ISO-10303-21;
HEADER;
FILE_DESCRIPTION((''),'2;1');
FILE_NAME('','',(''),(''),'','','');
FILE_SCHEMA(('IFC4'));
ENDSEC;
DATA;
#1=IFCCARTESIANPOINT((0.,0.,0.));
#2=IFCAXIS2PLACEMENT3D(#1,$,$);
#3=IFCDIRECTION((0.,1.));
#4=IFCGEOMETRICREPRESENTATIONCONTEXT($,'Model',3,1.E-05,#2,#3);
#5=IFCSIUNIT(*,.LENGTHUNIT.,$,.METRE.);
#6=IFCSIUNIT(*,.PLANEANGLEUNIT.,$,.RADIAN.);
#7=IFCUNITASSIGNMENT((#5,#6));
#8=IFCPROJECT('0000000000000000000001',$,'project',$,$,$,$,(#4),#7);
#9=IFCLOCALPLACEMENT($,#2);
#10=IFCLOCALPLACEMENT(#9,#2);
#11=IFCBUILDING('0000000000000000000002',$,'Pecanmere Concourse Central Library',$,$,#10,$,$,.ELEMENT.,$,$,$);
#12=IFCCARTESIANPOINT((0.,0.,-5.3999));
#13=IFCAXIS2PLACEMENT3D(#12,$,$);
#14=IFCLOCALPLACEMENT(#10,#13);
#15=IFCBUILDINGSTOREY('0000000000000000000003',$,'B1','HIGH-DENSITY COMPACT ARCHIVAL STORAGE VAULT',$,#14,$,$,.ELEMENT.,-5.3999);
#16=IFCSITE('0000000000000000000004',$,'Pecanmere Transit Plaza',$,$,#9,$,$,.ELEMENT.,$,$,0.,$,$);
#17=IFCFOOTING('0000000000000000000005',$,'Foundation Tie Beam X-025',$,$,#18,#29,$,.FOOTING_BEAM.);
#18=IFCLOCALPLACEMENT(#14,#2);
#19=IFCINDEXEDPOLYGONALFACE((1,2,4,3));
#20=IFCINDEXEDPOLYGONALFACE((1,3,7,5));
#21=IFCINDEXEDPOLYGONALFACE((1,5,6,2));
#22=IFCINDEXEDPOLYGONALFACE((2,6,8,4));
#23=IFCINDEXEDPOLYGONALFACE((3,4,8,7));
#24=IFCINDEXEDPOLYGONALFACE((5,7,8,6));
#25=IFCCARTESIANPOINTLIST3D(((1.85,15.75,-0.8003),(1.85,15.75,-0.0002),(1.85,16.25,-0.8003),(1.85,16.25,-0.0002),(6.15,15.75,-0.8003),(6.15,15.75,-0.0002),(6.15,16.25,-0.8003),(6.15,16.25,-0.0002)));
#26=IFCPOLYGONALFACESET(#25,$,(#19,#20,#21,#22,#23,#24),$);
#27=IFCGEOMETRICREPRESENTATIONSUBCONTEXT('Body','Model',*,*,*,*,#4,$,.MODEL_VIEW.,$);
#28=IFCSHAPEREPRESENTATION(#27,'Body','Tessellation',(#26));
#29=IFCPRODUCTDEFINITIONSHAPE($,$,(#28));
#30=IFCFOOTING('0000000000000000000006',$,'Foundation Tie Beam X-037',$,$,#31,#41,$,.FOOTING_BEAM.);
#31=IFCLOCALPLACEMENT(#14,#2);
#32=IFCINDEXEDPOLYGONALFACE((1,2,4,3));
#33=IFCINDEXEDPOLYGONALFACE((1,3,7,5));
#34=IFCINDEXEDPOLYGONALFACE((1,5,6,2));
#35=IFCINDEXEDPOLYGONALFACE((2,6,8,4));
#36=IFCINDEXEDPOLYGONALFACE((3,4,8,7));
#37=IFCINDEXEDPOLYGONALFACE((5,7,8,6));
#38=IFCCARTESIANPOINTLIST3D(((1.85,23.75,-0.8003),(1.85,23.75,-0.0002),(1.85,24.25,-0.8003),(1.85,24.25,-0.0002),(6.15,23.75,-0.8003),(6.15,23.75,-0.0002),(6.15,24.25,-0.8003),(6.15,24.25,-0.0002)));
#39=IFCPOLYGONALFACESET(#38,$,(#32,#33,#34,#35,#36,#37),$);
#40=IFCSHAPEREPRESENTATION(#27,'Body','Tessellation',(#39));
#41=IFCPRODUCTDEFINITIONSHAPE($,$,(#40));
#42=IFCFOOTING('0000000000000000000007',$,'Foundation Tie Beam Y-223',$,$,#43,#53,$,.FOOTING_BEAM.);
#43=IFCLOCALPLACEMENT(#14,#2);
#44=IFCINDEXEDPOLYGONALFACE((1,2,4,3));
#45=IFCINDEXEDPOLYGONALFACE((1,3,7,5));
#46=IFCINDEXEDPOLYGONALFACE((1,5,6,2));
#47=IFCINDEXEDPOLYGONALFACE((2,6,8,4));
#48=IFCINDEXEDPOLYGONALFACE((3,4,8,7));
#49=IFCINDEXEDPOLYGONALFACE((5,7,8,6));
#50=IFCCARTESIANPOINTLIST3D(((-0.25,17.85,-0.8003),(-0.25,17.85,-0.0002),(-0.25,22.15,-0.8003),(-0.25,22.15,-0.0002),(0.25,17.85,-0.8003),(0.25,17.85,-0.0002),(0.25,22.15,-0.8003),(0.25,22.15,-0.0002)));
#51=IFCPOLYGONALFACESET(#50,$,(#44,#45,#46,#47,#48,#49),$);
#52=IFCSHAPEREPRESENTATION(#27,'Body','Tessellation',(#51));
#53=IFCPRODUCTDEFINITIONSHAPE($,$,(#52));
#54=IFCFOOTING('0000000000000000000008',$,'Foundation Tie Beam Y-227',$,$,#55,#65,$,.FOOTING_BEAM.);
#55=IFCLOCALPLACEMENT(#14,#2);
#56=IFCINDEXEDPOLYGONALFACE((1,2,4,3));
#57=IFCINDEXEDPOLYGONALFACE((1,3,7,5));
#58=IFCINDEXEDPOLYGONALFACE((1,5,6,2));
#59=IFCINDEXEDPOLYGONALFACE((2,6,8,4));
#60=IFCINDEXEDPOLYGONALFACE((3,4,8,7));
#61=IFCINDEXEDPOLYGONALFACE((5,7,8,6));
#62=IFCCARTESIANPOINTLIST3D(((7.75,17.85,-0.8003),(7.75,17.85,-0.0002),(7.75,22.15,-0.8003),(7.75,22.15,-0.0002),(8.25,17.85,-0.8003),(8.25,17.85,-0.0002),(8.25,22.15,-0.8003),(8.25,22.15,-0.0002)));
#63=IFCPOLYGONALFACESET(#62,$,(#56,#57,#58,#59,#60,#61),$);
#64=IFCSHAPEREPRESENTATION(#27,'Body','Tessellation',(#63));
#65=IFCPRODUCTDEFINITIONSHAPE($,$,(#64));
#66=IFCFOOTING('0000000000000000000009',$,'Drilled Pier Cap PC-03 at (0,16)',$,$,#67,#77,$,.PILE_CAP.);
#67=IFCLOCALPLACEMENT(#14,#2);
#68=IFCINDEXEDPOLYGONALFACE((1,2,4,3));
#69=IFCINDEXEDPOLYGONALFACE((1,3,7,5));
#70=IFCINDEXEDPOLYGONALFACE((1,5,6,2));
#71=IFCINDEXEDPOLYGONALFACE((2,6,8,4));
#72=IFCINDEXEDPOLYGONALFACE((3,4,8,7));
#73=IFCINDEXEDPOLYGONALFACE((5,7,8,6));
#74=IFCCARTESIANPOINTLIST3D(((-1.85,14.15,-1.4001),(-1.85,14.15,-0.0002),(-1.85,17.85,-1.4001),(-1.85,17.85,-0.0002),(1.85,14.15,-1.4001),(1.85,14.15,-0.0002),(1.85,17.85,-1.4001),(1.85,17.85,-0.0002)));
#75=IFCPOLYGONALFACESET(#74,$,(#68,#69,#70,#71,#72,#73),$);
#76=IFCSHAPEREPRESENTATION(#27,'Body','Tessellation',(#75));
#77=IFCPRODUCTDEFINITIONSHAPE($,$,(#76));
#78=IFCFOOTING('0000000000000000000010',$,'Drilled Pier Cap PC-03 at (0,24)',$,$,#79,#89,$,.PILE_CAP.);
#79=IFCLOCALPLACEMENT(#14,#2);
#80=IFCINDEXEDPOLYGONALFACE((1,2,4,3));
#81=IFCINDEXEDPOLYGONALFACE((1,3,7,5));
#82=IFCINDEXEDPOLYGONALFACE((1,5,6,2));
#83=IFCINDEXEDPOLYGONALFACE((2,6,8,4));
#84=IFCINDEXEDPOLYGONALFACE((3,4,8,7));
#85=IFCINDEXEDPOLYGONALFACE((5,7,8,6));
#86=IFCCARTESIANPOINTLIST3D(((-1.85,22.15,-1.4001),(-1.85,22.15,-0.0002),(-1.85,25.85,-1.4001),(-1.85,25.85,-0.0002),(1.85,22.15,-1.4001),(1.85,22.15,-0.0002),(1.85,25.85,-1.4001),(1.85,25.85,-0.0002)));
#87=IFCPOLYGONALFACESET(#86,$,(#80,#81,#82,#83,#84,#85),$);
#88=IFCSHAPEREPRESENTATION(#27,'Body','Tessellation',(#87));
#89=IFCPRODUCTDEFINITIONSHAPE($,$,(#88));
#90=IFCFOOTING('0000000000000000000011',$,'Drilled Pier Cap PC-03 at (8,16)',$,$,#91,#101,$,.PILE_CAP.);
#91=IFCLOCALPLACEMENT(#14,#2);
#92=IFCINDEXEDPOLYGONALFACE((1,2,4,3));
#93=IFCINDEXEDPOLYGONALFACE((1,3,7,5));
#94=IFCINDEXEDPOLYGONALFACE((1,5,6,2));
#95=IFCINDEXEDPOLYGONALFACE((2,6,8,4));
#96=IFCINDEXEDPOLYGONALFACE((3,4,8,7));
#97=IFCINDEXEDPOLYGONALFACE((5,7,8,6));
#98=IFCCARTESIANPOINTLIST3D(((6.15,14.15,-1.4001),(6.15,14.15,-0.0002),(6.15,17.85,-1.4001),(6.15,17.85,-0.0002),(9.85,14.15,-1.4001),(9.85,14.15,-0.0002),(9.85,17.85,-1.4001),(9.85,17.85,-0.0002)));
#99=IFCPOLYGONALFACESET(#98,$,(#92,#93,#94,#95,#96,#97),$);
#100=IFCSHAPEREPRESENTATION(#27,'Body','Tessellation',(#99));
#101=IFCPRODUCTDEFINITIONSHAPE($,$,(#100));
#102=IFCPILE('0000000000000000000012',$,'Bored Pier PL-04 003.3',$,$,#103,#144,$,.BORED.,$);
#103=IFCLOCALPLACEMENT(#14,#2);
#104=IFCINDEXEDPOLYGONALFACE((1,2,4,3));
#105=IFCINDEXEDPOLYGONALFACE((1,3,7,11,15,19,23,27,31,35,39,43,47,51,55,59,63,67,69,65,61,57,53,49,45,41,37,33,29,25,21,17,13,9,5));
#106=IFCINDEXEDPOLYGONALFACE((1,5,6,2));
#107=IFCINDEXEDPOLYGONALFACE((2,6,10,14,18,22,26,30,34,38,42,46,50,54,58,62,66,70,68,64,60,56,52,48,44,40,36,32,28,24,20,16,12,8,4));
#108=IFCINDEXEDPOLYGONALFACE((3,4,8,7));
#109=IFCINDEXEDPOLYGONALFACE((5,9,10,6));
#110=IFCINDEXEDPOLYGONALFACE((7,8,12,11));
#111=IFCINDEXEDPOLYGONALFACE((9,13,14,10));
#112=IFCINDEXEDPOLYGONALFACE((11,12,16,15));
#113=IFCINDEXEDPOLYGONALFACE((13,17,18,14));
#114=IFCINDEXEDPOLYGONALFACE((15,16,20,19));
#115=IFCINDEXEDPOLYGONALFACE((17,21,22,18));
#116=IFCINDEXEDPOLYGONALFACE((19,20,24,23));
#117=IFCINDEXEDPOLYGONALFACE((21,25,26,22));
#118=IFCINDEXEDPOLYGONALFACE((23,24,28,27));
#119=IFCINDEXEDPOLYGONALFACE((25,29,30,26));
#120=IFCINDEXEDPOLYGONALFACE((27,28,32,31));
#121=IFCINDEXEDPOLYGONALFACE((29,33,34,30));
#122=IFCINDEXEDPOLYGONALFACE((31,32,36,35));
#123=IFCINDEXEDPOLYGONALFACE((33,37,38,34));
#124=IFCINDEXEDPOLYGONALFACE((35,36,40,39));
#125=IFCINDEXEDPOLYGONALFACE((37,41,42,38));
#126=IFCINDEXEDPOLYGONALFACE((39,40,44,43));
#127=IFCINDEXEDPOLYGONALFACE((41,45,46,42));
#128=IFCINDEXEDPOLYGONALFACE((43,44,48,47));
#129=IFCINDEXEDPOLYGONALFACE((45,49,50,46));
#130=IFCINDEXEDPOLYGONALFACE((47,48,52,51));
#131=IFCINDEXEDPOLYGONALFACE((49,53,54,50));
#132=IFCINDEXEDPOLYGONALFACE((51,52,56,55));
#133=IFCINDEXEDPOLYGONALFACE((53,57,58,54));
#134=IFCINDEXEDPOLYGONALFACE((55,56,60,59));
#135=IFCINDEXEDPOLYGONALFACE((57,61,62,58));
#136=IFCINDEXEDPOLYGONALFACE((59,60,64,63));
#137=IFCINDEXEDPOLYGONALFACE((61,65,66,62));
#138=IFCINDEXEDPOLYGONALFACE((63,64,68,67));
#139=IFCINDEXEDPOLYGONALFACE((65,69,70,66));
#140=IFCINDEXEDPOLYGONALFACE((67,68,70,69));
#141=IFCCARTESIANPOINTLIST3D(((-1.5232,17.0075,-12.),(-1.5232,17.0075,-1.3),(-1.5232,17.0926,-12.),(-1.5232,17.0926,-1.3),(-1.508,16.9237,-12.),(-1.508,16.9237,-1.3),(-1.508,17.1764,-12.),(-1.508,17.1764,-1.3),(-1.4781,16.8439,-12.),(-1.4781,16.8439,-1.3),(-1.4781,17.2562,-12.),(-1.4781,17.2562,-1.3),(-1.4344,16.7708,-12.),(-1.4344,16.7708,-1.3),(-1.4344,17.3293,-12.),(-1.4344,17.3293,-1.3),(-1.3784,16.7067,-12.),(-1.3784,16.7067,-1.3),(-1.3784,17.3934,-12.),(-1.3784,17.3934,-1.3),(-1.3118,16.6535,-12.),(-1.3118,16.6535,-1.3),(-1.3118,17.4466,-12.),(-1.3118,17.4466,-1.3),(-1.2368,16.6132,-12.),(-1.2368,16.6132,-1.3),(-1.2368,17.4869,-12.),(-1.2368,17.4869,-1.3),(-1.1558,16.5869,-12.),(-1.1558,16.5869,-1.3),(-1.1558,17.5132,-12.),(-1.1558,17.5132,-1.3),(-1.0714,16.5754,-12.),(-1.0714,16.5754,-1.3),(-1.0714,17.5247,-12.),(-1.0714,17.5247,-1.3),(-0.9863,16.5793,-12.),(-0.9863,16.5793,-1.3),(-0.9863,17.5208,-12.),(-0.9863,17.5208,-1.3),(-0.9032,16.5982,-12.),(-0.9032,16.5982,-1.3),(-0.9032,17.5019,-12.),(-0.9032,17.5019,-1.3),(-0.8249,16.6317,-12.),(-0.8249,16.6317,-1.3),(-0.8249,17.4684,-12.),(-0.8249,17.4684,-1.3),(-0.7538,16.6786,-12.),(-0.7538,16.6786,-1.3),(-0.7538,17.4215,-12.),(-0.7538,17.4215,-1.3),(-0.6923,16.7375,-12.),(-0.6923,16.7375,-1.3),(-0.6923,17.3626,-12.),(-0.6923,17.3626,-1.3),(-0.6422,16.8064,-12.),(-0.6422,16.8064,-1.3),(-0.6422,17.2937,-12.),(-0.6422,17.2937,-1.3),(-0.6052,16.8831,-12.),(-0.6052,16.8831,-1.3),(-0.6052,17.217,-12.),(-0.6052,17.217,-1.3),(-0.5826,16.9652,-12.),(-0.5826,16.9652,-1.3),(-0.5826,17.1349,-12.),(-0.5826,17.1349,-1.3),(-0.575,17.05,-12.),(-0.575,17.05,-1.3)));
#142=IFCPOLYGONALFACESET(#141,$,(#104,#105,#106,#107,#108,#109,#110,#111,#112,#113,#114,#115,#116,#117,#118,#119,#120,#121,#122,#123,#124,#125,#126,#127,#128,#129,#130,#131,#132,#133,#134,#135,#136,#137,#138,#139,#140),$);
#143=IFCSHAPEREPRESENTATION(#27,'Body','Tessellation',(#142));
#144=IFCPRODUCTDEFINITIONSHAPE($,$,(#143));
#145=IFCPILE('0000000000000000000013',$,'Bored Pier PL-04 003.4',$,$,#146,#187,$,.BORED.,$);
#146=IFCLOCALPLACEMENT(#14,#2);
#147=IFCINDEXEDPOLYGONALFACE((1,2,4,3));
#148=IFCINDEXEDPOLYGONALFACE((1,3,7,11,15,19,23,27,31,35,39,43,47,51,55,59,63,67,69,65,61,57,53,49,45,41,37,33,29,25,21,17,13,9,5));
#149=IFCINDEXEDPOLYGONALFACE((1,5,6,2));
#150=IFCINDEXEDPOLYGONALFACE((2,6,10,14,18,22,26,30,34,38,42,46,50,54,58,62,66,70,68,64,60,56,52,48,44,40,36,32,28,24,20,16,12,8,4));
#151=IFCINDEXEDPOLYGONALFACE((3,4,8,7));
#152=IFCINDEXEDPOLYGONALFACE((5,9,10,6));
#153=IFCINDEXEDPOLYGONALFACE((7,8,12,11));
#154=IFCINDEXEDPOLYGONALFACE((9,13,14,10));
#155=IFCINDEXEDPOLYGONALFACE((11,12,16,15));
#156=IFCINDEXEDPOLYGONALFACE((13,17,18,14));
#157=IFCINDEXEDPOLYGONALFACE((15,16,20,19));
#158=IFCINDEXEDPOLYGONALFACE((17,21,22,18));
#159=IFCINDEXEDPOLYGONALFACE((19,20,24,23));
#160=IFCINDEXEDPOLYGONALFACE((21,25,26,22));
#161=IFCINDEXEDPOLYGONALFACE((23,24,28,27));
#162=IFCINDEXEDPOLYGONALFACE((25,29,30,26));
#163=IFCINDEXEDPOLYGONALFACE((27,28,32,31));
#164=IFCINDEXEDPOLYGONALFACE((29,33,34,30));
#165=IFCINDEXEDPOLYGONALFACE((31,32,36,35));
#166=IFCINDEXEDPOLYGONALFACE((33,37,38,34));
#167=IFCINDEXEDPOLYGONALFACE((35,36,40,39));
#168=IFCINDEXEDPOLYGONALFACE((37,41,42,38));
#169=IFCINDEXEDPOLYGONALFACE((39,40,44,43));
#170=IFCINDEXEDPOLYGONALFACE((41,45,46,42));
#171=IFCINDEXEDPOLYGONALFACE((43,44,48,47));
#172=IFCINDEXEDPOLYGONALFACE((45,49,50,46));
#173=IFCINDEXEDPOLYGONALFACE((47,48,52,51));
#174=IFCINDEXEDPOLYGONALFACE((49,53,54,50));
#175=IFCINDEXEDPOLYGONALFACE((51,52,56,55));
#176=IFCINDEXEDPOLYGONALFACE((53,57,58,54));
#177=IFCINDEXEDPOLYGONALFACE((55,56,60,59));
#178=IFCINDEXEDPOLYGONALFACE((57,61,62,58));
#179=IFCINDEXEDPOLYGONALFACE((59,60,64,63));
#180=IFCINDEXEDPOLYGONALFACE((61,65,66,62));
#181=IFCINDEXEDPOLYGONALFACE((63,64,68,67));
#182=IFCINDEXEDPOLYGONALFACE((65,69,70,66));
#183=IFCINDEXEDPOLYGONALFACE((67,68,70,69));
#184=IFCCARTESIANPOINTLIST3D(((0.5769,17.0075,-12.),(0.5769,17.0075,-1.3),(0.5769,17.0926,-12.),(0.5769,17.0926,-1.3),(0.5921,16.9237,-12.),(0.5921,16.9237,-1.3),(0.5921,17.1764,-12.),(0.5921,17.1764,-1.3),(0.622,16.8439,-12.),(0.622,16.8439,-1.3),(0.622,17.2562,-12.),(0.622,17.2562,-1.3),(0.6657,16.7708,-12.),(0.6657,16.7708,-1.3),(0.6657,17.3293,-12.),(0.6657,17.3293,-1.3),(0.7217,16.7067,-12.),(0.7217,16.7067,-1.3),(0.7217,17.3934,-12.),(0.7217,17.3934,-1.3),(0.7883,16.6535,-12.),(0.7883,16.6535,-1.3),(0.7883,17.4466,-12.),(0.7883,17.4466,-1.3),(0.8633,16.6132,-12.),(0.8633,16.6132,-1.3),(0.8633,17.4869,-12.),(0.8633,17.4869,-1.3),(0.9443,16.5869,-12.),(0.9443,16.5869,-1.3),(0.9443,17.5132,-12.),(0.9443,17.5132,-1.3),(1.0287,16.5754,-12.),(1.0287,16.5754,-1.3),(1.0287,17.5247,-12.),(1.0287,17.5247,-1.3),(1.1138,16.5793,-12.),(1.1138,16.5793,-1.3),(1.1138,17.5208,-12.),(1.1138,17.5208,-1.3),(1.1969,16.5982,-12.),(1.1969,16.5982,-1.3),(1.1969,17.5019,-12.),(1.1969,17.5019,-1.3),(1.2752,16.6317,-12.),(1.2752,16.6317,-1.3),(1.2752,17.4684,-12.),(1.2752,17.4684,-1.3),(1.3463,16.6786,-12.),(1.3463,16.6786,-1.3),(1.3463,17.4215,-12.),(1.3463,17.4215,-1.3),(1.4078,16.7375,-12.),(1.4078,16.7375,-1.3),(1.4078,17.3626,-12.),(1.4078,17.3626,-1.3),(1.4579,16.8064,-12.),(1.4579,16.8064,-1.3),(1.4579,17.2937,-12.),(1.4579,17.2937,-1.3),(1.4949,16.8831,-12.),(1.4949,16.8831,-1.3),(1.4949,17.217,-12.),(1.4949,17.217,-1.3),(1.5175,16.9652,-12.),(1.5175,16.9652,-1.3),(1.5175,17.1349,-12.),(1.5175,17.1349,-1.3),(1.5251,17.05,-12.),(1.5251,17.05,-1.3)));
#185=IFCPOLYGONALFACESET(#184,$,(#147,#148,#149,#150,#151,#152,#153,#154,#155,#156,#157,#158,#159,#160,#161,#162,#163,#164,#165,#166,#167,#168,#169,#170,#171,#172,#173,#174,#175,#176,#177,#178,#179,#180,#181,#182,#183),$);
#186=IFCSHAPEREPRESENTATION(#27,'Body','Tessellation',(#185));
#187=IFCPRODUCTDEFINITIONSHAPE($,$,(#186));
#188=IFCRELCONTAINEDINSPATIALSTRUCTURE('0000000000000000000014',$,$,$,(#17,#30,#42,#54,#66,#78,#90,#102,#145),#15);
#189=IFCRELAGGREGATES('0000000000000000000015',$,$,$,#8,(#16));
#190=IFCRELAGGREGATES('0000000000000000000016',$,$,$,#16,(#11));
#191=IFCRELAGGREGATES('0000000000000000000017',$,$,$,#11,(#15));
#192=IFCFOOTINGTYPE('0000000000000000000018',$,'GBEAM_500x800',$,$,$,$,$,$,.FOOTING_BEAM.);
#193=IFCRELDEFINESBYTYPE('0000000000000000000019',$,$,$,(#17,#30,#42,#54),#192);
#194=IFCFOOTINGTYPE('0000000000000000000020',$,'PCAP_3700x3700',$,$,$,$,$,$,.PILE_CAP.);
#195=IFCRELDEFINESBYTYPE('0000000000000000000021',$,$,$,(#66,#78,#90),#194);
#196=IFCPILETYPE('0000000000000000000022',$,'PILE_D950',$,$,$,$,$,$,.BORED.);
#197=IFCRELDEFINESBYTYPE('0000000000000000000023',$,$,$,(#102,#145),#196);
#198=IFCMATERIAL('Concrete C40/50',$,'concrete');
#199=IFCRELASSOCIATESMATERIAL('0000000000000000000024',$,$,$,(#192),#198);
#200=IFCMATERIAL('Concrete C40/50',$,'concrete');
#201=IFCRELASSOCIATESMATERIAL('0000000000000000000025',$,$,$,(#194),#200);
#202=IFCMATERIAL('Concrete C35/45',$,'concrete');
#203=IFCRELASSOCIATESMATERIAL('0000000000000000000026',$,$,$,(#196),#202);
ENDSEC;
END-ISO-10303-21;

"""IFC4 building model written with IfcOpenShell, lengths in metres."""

from ifc_helpers import new_model, si_unit, direction, frame, origin, origin_2d, place, context, subcontext, project, spatial, rectangle, circle, extrude, material, material_profile, profile_set, type_object, element, save


model = new_model("IFC4")

# Units and contexts
model_context = context("Model", 3, precision=1e-05, world=origin(), true_north=direction((0.0, 1.0)))
body_context = subcontext(model_context, "Body", "Model", "MODEL_VIEW")
ifc_project = project(units=[si_unit("LENGTHUNIT", "METRE"), si_unit("PLANEANGLEUNIT", "RADIAN")], contexts=[model_context])

# Site, building, storey
site_placement = place(None, origin())
site = spatial("IfcSite", under=ifc_project, at=site_placement, Name="Pecanmere Transit Plaza", CompositionType="ELEMENT", RefElevation=0.0)
building_placement = place(site_placement, origin())
building = spatial("IfcBuilding", under=site, at=building_placement, Name="Pecanmere Concourse Central Library", CompositionType="ELEMENT")
storey_placement = place(building_placement, frame((0.0, 0.0, -5.3999)))
storey = spatial("IfcBuildingStorey", under=building, at=storey_placement, Name="B1", Description="HIGH-DENSITY COMPACT ARCHIVAL STORAGE VAULT", CompositionType="ELEMENT", Elevation=-5.3999)

# Footings
ifc_material_1 = material(Name="Concrete C40/50", Category="concrete")
ifc_material_profile_1 = material_profile(ifc_material_1, rectangle(XDim=0.5, YDim=0.8, at=origin_2d()), Name="RC 500x800")
ifc_profile_set_1 = profile_set([ifc_material_profile_1], Name="Concrete C40/50")
footing_type_1 = type_object("IfcFootingType", Name="GBEAM_500x800", PredefinedType="FOOTING_BEAM", material=ifc_profile_set_1)
for number, where, z_axis, x_axis, name in (
    (1, (4.0, 16.0, -0.8003), (0.0, 0.0, 1.0), (1.0, 0.0, 0.0), "Foundation Tie Beam X-025"),
    (2, (4.0, 24.0, -0.8003), (0.0, 0.0, 1.0), (1.0, 0.0, 0.0), "Foundation Tie Beam X-037"),
    (3, (0.0, 20.0, -0.8003), (0.0, 0.0, 1.0), (0.0, 1.0, 0.0), "Foundation Tie Beam Y-223"),
    (4, (8.0, 20.0, -0.8003), (0.0, 0.0, 1.0), (0.0, 1.0, 0.0), "Foundation Tie Beam Y-227"),
):
    element("IfcFooting", number, at=place(storey_placement, frame(where, z_axis=z_axis, x_axis=x_axis)), inside=storey, type_object=footing_type_1, Name=name, PredefinedType="FOOTING_BEAM", context=body_context, shape_type="SweptSolid", body=[
        extrude(rectangle(XDim=4.3, YDim=0.5, at=origin_2d()), origin(), (0.0, 0.0, 1.0), 0.8),
    ])
ifc_material_2 = material(Name="Concrete C40/50", Category="concrete")
footing_type_2 = type_object("IfcFootingType", Name="PCAP_3700x3700", PredefinedType="PILE_CAP", material=ifc_material_2)
for number, where, z_axis, x_axis, name in (
    (5, (0.0, 16.0, -1.4001), (0.0, 0.0, 1.0), (1.0, 0.0, 0.0), "Drilled Pier Cap PC-03 at (0,16)"),
    (6, (0.0, 24.0, -1.4001), (0.0, 0.0, 1.0), (1.0, 0.0, 0.0), "Drilled Pier Cap PC-03 at (0,24)"),
    (7, (8.0, 16.0, -1.4001), (0.0, 0.0, 1.0), (1.0, 0.0, 0.0), "Drilled Pier Cap PC-03 at (8,16)"),
):
    element("IfcFooting", number, at=place(storey_placement, frame(where, z_axis=z_axis, x_axis=x_axis)), inside=storey, type_object=footing_type_2, Name=name, PredefinedType="PILE_CAP", context=body_context, shape_type="SweptSolid", body=[
        extrude(rectangle(XDim=3.7, YDim=3.7, at=origin_2d()), origin(), (0.0, 0.0, 1.0), 1.3999),
    ])

# Piles
ifc_material_3 = material(Name="Concrete C35/45", Category="concrete")
ifc_material_profile_2 = material_profile(ifc_material_3, circle(Radius=0.4751, at=origin_2d()), Name="PIER D950")
ifc_profile_set_2 = profile_set([ifc_material_profile_2], Name="Concrete C35/45")
pile_type = type_object("IfcPileType", Name="PILE_D950", PredefinedType="BORED", material=ifc_profile_set_2)
for number, where, z_axis, x_axis, name in (
    (8, (-1.05, 17.05, -1.3), (0.0, 0.0, -1.0), (1.0, 0.0, 0.0), "Bored Pier PL-04 003.3"),
    (9, (1.05, 17.05, -1.3), (0.0, 0.0, -1.0), (1.0, 0.0, 0.0), "Bored Pier PL-04 003.4"),
):
    element("IfcPile", number, at=place(storey_placement, frame(where, z_axis=z_axis, x_axis=x_axis)), inside=storey, type_object=pile_type, Name=name, PredefinedType="BORED", context=body_context, shape_type="SweptSolid", body=[
        extrude(circle(Radius=0.4751, at=origin_2d()), origin(), (0.0, 0.0, 1.0), 10.7),
    ])

save(model, "model.ifc")
